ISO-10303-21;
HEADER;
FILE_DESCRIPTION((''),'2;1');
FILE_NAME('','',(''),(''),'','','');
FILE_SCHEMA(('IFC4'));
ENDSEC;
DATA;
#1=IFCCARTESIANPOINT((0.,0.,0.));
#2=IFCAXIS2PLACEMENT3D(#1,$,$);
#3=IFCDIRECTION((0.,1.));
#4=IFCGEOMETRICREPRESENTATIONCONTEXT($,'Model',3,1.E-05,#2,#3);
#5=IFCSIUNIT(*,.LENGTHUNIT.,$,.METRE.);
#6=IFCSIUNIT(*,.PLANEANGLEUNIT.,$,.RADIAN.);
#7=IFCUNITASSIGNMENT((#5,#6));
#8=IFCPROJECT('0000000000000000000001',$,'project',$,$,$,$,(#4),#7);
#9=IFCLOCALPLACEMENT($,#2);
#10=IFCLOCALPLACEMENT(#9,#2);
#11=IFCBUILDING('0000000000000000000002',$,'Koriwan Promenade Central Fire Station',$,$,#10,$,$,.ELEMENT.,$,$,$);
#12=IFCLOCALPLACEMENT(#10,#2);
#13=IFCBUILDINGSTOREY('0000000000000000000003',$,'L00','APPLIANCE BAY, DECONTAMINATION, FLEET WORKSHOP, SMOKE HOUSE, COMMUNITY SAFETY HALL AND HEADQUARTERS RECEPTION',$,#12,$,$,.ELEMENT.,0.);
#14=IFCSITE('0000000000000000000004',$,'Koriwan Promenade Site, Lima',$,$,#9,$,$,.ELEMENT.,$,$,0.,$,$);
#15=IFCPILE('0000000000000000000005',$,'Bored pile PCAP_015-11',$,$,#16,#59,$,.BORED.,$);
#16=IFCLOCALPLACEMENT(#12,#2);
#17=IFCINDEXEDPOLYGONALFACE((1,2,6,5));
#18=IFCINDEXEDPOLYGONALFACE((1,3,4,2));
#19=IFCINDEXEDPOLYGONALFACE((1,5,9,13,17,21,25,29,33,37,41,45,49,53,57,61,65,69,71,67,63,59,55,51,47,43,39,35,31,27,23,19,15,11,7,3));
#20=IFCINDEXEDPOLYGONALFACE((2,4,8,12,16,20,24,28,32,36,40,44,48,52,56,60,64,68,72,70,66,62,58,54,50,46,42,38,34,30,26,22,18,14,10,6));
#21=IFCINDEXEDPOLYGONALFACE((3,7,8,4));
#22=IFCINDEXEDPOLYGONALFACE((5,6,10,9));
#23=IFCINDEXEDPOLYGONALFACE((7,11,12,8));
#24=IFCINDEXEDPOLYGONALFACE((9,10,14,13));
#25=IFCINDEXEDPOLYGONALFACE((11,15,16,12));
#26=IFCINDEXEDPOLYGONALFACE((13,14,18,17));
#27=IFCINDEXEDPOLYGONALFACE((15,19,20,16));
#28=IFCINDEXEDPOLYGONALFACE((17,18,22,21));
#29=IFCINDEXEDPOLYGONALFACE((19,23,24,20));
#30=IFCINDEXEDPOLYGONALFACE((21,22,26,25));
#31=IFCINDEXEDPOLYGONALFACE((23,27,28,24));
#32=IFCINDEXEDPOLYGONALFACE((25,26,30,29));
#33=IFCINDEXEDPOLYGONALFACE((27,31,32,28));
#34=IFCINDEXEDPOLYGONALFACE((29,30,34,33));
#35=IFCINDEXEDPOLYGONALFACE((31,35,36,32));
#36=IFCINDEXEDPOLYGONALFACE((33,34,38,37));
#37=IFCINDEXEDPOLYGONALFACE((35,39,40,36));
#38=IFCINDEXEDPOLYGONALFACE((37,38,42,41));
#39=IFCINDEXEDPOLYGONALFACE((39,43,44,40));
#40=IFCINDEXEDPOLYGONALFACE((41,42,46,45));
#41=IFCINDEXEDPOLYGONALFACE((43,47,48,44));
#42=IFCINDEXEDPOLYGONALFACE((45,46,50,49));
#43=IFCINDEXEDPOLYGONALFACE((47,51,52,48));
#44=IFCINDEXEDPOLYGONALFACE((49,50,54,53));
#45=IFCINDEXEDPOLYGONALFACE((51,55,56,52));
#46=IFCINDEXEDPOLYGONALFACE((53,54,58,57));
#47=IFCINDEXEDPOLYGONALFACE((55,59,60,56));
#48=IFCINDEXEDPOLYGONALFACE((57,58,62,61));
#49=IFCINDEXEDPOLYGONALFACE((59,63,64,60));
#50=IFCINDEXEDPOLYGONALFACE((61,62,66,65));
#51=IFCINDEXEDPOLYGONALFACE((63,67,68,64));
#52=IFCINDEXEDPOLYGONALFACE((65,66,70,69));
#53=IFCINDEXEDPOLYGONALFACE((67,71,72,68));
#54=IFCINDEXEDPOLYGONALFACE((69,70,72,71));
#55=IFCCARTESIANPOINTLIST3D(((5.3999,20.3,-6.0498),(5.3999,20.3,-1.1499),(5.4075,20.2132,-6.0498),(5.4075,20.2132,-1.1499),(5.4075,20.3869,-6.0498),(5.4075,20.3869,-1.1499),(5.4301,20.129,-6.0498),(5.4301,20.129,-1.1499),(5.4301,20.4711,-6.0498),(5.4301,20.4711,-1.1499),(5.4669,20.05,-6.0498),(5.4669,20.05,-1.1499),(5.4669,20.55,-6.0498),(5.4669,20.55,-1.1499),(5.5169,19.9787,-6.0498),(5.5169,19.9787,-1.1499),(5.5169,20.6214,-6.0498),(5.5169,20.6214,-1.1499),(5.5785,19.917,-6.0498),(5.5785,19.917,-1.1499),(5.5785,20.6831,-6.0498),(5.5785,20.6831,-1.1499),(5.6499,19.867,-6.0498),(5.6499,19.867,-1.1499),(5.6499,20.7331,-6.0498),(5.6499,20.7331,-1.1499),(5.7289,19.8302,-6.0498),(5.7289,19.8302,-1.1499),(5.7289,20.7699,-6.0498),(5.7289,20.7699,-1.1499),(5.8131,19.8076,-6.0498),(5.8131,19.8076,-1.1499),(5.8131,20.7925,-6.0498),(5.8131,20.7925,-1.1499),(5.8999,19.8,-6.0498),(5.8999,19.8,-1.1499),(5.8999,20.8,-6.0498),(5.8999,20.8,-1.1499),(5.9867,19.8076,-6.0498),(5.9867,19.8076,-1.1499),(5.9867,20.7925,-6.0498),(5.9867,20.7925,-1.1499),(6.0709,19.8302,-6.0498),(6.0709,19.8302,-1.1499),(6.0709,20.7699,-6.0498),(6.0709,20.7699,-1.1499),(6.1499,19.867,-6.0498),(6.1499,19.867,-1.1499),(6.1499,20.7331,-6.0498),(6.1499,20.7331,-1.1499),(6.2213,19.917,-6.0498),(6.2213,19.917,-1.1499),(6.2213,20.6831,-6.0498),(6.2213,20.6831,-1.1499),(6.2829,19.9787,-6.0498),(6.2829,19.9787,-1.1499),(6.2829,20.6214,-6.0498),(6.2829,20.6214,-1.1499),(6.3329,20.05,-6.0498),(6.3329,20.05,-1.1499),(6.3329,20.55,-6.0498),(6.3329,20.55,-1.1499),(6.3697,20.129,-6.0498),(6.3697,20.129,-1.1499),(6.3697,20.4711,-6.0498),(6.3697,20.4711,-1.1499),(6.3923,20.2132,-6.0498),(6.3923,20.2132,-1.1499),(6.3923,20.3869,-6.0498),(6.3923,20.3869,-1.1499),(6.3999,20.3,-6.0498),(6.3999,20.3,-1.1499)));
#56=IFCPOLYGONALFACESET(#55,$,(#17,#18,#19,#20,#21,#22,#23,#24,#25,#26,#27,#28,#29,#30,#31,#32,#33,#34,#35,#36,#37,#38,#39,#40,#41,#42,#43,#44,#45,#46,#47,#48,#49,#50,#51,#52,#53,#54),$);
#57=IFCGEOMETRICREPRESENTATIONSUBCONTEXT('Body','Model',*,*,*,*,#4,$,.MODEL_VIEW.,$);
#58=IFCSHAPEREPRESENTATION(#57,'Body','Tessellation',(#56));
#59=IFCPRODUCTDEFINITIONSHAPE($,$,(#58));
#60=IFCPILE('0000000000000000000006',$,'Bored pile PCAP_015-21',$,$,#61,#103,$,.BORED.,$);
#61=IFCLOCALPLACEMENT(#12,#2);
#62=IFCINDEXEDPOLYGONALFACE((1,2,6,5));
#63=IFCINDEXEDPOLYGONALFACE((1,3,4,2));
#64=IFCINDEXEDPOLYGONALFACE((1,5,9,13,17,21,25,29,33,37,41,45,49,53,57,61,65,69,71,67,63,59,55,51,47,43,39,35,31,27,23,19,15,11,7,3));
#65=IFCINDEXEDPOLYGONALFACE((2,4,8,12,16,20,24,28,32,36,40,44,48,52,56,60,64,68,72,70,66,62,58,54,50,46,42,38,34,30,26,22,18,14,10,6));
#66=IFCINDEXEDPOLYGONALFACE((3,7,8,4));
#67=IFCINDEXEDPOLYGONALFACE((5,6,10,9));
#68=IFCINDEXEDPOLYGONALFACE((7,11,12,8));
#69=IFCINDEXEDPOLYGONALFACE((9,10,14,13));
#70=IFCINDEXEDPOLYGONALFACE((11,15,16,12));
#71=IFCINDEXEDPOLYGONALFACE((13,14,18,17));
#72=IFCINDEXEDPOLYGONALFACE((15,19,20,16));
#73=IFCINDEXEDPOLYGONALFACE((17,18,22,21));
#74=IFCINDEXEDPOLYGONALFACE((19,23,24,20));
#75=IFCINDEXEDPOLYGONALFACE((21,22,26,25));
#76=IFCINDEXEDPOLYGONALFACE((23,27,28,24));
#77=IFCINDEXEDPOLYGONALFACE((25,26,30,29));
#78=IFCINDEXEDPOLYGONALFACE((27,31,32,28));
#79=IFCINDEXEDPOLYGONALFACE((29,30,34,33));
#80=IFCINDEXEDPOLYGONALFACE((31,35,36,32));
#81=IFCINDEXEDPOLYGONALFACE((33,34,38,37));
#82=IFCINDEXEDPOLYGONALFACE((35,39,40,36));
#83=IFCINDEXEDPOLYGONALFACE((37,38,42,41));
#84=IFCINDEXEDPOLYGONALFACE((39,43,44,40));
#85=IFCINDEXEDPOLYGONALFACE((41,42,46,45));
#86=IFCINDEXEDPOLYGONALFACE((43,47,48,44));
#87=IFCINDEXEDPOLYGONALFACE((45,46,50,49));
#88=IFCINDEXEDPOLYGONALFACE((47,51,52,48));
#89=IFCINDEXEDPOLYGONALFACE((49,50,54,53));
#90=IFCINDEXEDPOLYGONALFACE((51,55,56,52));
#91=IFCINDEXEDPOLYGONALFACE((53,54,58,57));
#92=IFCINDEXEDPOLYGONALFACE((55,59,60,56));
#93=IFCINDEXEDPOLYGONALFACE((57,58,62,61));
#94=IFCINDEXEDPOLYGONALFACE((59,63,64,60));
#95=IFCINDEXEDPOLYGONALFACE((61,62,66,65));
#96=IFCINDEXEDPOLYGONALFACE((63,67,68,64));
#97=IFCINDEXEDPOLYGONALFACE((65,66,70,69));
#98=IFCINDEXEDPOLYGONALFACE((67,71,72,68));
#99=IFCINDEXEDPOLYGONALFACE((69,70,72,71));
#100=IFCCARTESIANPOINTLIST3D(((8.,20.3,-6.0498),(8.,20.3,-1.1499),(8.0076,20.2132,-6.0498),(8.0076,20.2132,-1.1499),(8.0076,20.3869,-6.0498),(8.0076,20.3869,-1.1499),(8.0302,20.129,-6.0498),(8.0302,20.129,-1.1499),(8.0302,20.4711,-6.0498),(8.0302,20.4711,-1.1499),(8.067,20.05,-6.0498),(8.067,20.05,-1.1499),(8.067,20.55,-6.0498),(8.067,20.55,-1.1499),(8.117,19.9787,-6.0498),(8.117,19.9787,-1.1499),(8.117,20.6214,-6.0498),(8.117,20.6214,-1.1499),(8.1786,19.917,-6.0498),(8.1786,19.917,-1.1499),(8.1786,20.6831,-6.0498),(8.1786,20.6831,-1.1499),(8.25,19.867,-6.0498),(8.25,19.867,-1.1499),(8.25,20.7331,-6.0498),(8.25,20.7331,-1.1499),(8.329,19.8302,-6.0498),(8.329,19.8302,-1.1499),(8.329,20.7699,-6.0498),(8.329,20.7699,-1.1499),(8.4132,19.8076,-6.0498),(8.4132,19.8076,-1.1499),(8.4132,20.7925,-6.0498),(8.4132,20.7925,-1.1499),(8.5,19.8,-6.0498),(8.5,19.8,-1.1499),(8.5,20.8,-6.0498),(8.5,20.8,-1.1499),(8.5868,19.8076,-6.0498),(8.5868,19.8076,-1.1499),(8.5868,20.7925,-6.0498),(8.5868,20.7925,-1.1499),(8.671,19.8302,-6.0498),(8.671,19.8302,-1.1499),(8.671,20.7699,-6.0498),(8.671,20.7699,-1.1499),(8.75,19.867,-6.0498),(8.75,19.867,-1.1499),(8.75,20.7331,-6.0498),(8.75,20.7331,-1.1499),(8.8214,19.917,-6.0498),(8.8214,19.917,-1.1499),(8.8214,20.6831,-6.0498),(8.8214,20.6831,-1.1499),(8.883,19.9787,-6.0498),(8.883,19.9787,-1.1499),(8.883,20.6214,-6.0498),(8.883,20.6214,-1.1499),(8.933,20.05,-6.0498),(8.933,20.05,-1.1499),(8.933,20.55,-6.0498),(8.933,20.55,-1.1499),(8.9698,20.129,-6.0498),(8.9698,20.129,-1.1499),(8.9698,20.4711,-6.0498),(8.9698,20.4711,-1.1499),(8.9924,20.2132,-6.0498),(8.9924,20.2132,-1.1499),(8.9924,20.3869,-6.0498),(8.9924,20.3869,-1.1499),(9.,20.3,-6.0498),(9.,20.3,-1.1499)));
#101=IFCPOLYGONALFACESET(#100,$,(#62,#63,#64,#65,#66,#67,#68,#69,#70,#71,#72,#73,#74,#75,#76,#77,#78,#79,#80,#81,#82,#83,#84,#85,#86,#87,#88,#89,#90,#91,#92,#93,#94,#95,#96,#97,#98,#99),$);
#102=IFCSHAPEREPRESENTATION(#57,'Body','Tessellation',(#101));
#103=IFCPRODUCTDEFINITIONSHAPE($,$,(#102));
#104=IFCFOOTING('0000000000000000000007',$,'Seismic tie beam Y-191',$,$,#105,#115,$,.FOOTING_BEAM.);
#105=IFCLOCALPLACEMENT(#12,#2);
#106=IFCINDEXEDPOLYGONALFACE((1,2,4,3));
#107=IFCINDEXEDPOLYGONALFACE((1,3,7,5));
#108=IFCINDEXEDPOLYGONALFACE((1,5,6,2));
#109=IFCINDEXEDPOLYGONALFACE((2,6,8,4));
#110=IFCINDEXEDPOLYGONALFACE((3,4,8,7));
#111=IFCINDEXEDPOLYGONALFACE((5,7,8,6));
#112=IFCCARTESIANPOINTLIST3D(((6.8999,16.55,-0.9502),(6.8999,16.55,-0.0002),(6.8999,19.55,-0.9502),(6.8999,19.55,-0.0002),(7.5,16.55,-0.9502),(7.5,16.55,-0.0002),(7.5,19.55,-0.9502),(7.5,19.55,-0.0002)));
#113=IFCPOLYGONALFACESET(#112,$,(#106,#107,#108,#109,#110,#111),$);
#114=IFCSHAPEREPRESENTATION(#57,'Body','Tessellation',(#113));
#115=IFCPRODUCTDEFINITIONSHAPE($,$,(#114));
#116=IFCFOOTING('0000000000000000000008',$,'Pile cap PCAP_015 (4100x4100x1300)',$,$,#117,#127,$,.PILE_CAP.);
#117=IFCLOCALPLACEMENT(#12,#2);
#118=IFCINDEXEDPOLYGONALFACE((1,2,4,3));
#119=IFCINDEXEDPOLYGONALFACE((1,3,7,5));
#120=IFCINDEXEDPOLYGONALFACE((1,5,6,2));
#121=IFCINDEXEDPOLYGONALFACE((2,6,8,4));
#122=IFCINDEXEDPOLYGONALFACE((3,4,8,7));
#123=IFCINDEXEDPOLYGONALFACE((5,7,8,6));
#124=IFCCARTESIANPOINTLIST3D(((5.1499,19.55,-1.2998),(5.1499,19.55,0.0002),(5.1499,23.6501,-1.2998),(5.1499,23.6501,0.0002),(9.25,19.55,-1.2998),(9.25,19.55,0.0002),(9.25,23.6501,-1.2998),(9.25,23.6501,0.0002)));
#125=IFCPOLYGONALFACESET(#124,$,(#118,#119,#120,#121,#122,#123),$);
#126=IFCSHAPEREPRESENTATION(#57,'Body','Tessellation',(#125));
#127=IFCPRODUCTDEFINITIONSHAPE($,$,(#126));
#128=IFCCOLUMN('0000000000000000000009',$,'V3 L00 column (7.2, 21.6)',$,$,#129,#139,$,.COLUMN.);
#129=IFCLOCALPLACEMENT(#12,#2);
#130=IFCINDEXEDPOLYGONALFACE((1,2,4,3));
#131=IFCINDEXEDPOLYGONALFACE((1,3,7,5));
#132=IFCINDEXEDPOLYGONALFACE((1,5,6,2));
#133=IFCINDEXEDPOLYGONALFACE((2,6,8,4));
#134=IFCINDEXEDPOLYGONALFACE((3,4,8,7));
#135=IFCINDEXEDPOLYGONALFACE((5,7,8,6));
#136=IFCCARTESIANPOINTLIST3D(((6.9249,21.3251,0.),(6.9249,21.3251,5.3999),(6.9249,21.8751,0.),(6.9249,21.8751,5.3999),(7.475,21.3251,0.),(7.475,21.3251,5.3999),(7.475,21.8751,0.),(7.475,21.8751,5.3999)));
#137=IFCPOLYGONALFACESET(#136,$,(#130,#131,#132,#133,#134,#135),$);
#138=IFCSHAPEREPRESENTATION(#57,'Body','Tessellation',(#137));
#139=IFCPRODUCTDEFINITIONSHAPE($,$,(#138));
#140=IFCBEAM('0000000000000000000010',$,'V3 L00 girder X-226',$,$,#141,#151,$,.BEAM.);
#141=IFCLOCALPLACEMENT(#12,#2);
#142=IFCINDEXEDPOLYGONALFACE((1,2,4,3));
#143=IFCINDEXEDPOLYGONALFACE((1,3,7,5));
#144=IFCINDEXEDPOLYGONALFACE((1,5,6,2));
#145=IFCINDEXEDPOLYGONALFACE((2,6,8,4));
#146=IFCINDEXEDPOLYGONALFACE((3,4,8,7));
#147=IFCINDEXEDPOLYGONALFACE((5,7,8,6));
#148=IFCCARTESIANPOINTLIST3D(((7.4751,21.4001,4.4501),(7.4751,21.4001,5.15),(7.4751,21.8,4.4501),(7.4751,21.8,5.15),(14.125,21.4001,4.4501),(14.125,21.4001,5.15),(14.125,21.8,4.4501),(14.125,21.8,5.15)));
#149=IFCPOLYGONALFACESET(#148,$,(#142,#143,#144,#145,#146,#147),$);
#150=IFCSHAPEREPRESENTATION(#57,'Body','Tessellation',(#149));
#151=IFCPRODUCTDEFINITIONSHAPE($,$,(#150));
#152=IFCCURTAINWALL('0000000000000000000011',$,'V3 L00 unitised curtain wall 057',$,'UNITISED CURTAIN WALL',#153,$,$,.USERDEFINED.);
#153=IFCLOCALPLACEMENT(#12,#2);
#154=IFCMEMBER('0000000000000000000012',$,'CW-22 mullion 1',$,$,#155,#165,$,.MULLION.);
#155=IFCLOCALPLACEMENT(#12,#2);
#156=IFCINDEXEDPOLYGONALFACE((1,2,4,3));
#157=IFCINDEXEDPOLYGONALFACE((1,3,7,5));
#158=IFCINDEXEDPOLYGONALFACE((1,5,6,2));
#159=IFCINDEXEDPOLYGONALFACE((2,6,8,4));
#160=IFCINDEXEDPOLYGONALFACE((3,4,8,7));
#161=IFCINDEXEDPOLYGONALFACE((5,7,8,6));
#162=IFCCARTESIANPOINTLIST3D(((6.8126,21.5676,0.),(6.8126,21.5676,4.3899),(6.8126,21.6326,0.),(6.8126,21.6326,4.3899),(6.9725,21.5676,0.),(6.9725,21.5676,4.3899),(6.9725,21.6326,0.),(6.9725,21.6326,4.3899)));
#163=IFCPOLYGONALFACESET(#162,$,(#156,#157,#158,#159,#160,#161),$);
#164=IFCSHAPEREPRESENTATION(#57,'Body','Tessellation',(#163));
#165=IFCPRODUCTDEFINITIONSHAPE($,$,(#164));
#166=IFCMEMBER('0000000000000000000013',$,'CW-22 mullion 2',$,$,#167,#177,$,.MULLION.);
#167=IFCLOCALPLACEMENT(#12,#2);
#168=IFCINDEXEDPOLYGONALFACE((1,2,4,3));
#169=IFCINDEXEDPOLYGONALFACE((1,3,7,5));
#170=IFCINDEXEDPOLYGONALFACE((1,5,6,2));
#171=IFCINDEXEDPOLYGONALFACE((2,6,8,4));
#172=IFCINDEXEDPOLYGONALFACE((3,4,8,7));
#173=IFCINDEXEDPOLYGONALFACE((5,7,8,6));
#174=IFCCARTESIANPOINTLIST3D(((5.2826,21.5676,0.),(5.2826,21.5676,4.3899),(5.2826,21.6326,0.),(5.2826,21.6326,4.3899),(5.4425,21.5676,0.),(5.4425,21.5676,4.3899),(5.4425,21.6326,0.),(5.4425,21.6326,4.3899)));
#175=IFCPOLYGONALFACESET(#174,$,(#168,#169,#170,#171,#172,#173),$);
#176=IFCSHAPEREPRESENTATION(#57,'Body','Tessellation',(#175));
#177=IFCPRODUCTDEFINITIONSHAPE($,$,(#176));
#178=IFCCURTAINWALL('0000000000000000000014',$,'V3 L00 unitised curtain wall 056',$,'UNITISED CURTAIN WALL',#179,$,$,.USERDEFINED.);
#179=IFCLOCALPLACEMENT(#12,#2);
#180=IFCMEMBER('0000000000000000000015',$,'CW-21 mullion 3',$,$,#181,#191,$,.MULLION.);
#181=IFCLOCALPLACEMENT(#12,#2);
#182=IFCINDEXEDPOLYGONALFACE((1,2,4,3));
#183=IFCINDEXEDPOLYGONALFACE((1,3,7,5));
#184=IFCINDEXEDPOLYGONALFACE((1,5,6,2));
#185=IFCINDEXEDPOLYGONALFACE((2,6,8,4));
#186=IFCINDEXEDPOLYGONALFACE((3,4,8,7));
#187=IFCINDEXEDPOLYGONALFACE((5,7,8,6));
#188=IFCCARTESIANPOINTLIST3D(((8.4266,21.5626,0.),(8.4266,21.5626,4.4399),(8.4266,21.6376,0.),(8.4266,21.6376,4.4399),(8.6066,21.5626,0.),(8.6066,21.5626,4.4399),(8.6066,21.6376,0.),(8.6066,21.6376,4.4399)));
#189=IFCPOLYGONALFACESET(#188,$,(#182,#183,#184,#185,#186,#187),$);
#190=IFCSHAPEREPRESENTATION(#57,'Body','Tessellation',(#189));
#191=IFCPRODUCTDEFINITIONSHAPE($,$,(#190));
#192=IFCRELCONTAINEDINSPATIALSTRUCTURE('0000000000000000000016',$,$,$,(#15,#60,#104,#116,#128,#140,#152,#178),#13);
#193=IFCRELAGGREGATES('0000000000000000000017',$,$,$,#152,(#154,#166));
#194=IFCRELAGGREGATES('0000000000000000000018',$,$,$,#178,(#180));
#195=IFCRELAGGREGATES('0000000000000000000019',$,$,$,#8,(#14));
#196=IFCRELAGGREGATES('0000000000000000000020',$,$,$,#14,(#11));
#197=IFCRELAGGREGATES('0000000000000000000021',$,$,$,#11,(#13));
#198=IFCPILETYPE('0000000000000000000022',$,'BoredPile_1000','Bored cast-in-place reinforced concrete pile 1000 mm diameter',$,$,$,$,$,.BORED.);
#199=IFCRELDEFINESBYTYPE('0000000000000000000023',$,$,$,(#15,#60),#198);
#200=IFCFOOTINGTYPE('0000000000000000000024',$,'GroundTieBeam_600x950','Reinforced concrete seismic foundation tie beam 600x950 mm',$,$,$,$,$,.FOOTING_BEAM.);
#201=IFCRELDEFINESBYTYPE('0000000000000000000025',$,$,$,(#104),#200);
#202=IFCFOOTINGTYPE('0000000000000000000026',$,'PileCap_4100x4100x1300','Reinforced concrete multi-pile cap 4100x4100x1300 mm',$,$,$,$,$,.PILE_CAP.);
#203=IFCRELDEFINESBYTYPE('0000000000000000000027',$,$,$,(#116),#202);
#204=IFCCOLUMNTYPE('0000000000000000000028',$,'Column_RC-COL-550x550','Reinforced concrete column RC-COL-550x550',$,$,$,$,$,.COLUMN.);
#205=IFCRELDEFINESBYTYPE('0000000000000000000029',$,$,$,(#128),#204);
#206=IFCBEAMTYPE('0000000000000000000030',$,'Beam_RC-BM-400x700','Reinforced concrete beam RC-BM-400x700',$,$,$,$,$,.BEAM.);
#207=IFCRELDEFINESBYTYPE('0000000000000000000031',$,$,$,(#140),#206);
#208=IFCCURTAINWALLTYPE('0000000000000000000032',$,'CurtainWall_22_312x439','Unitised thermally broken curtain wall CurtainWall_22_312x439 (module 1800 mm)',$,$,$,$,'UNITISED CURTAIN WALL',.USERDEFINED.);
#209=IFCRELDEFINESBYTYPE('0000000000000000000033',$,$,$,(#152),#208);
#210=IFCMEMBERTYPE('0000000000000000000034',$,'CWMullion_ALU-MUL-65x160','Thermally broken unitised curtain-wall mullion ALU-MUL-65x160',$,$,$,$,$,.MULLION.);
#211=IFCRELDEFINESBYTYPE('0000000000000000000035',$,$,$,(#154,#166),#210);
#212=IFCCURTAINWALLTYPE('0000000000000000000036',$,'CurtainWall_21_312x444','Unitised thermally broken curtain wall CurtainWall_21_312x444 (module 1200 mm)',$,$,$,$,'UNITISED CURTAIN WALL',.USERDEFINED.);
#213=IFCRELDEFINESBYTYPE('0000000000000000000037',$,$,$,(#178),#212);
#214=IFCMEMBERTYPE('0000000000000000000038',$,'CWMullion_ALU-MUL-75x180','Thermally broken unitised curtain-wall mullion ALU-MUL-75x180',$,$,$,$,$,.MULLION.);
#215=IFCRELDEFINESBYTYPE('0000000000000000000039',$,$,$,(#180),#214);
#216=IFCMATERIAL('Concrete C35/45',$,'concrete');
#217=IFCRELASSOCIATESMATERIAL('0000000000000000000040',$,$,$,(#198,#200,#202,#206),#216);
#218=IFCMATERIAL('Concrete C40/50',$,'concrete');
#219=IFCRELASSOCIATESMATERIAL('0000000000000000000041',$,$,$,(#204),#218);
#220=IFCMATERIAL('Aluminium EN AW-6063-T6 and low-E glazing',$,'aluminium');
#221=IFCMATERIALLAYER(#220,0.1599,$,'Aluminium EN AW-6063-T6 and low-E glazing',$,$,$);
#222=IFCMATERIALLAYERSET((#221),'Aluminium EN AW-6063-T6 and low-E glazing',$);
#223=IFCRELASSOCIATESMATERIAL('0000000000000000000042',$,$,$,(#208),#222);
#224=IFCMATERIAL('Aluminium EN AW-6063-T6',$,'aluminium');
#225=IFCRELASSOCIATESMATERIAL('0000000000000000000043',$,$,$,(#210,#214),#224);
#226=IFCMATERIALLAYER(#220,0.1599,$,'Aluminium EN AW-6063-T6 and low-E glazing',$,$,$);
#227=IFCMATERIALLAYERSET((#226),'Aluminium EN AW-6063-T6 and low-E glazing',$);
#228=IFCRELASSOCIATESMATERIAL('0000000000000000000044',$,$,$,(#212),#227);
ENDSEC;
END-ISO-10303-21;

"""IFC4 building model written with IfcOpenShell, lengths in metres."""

from ifc_helpers import new_model, si_unit, direction, frame, origin, origin_2d, place, context, subcontext, project, spatial, rectangle, circle, extrude, material, layer, layer_set, material_profile, profile_set, type_object, element, aggregate, save


model = new_model("IFC4")

# Units and contexts
model_context = context("Model", 3, precision=1e-05, world=origin(), true_north=direction((0.0, 1.0)))
body_context = subcontext(model_context, "Body", "Model", "MODEL_VIEW")
ifc_project = project(units=[si_unit("LENGTHUNIT", "METRE"), si_unit("PLANEANGLEUNIT", "RADIAN")], contexts=[model_context])

# Site, building, storey
site_placement = place(None, origin())
site = spatial("IfcSite", under=ifc_project, at=site_placement, Name="Koriwan Promenade Site, Lima", CompositionType="ELEMENT", RefElevation=0.0)
building_placement = place(site_placement, origin())
building = spatial("IfcBuilding", under=site, at=building_placement, Name="Koriwan Promenade Central Fire Station", CompositionType="ELEMENT")
storey_placement = place(building_placement, origin())
storey = spatial("IfcBuildingStorey", under=building, at=storey_placement, Name="L00", Description="APPLIANCE BAY, DECONTAMINATION, FLEET WORKSHOP, SMOKE HOUSE, COMMUNITY SAFETY HALL AND HEADQUARTERS RECEPTION", CompositionType="ELEMENT", Elevation=0.0)

# Piles
ifc_material_1 = material(Name="Concrete C35/45", Category="concrete")
ifc_material_profile_1 = material_profile(ifc_material_1, circle(Radius=0.5, at=origin_2d()), Name="PILE-D1000")
ifc_profile_set_1 = profile_set([ifc_material_profile_1], Name="Concrete C35/45")
pile_type = type_object("IfcPileType", Name="BoredPile_1000", Description="Bored cast-in-place reinforced concrete pile 1000 mm diameter", PredefinedType="BORED", material=ifc_profile_set_1)
for number, where, z_axis, x_axis, name in (
    (1, (5.8999, 20.3, -1.1499), (0.0, 0.0, -1.0), (1.0, 0.0, 0.0), "Bored pile PCAP_015-11"),
    (2, (8.5, 20.3, -1.1499), (0.0, 0.0, -1.0), (1.0, 0.0, 0.0), "Bored pile PCAP_015-21"),
):
    element("IfcPile", number, at=place(storey_placement, frame(where, z_axis=z_axis, x_axis=x_axis)), inside=storey, type_object=pile_type, Name=name, PredefinedType="BORED", context=body_context, shape_type="SweptSolid", body=[
        extrude(circle(Radius=0.5, at=origin_2d()), origin(), (0.0, 0.0, 1.0), 4.8999),
    ])

# Footings
footing_type_1 = type_object("IfcFootingType", Name="GroundTieBeam_600x950", Description="Reinforced concrete seismic foundation tie beam 600x950 mm", PredefinedType="FOOTING_BEAM", material=ifc_material_1)
footing_1_placement = place(storey_placement, frame((7.2, 18.05, -0.9502), z_axis=(0.0, 0.0, 1.0), x_axis=(0.0, 1.0, 0.0)))
element("IfcFooting", 3, at=footing_1_placement, inside=storey, type_object=footing_type_1, Name="Seismic tie beam Y-191", PredefinedType="FOOTING_BEAM", context=body_context, shape_type="SweptSolid", body=[
    extrude(rectangle(XDim=3.0, YDim=0.6001, at=origin_2d()), origin(), (0.0, 0.0, 1.0), 0.95),
])
footing_type_2 = type_object("IfcFootingType", Name="PileCap_4100x4100x1300", Description="Reinforced concrete multi-pile cap 4100x4100x1300 mm", PredefinedType="PILE_CAP", material=ifc_material_1)
footing_2_placement = place(storey_placement, frame((7.2, 21.6001, -1.2998), z_axis=(0.0, 0.0, 1.0), x_axis=(1.0, 0.0, 0.0)))
element("IfcFooting", 4, at=footing_2_placement, inside=storey, type_object=footing_type_2, Name="Pile cap PCAP_015 (4100x4100x1300)", PredefinedType="PILE_CAP", context=body_context, shape_type="SweptSolid", body=[
    extrude(rectangle(XDim=4.1001, YDim=4.1001, at=origin_2d()), origin(), (0.0, 0.0, 1.0), 1.3),
])

# Column
ifc_material_2 = material(Name="Concrete C40/50", Category="concrete")
ifc_material_profile_2 = material_profile(ifc_material_2, rectangle(XDim=0.55, YDim=0.55, at=origin_2d()), Name="RC-COL-550x550")
ifc_profile_set_2 = profile_set([ifc_material_profile_2], Name="Concrete C40/50")
column_type = type_object("IfcColumnType", Name="Column_RC-COL-550x550", Description="Reinforced concrete column RC-COL-550x550", PredefinedType="COLUMN", material=ifc_profile_set_2)
column_placement = place(storey_placement, frame((7.2, 21.6001, 0.0), z_axis=(0.0, 0.0, 1.0), x_axis=(1.0, 0.0, 0.0)))
element("IfcColumn", 5, at=column_placement, inside=storey, type_object=column_type, Name="V3 L00 column (7.2, 21.6)", PredefinedType="COLUMN", context=body_context, shape_type="SweptSolid", body=[
    extrude(rectangle(XDim=0.55, YDim=0.55, at=origin_2d()), origin(), (0.0, 0.0, 1.0), 5.3999),
])

# Beam
ifc_material_profile_3 = material_profile(ifc_material_1, rectangle(XDim=0.3999, YDim=0.7, at=origin_2d()), Name="RC-BM-400x700")
ifc_profile_set_3 = profile_set([ifc_material_profile_3], Name="Concrete C35/45")
beam_type = type_object("IfcBeamType", Name="Beam_RC-BM-400x700", Description="Reinforced concrete beam RC-BM-400x700", PredefinedType="BEAM", material=ifc_profile_set_3)
beam_placement = place(storey_placement, frame((7.4751, 21.6001, 4.8), z_axis=(1.0, 0.0, 0.0), x_axis=(0.0, 1.0, 0.0)))
element("IfcBeam", 6, at=beam_placement, inside=storey, type_object=beam_type, Name="V3 L00 girder X-226", PredefinedType="BEAM", context=body_context, shape_type="SweptSolid", body=[
    extrude(rectangle(XDim=0.3999, YDim=0.7, at=origin_2d()), origin(), (0.0, 0.0, 1.0), 6.6499),
])

# Curtain walls, members
ifc_material_3 = material(Name="Aluminium EN AW-6063-T6 and low-E glazing", Category="aluminium")
ifc_layer_1 = layer(ifc_material_3, 0.1599, Name="Aluminium EN AW-6063-T6 and low-E glazing")
ifc_layer_set_1 = layer_set([ifc_layer_1], Name="Aluminium EN AW-6063-T6 and low-E glazing")
curtain_wall_type_1 = type_object("IfcCurtainWallType", Name="CurtainWall_22_312x439", Description="Unitised thermally broken curtain wall CurtainWall_22_312x439 (module 1800 mm)", ElementType="UNITISED CURTAIN WALL", PredefinedType="USERDEFINED", material=ifc_layer_set_1)
curtain_wall_1_placement = place(storey_placement, origin())
curtain_wall_1 = element("IfcCurtainWall", 7, at=curtain_wall_1_placement, inside=storey, type_object=curtain_wall_type_1, Name="V3 L00 unitised curtain wall 057", ObjectType="UNITISED CURTAIN WALL", PredefinedType="USERDEFINED")
ifc_material_4 = material(Name="Aluminium EN AW-6063-T6", Category="aluminium")
ifc_material_profile_4 = material_profile(ifc_material_4, rectangle(XDim=0.0649, YDim=0.1599, at=origin_2d()), Name="ALU-MUL-65x160")
ifc_profile_set_4 = profile_set([ifc_material_profile_4], Name="Aluminium EN AW-6063-T6")
member_type_1 = type_object("IfcMemberType", Name="CWMullion_ALU-MUL-65x160", Description="Thermally broken unitised curtain-wall mullion ALU-MUL-65x160", PredefinedType="MULLION", material=ifc_profile_set_4)
member_1_placement = place(storey_placement, frame((6.8926, 21.6001, 0.0), z_axis=(0.0, 0.0, 1.0), x_axis=(0.0, -1.0, 0.0)))
member_1 = element("IfcMember", 8, at=member_1_placement, type_object=member_type_1, Name="CW-22 mullion 1", PredefinedType="MULLION", context=body_context, shape_type="SweptSolid", body=[
    extrude(rectangle(XDim=0.0649, YDim=0.1599, at=origin_2d()), origin(), (0.0, 0.0, 1.0), 4.3899),
])
member_2_placement = place(storey_placement, frame((5.3625, 21.6001, 0.0), z_axis=(0.0, 0.0, 1.0), x_axis=(0.0, -1.0, 0.0)))
member_2 = element("IfcMember", 9, at=member_2_placement, type_object=member_type_1, Name="CW-22 mullion 2", PredefinedType="MULLION", context=body_context, shape_type="SweptSolid", body=[
    extrude(rectangle(XDim=0.0649, YDim=0.1599, at=origin_2d()), origin(), (0.0, 0.0, 1.0), 4.3899),
])
ifc_layer_2 = layer(ifc_material_3, 0.1599, Name="Aluminium EN AW-6063-T6 and low-E glazing")
ifc_layer_set_2 = layer_set([ifc_layer_2], Name="Aluminium EN AW-6063-T6 and low-E glazing")
curtain_wall_type_2 = type_object("IfcCurtainWallType", Name="CurtainWall_21_312x444", Description="Unitised thermally broken curtain wall CurtainWall_21_312x444 (module 1200 mm)", ElementType="UNITISED CURTAIN WALL", PredefinedType="USERDEFINED", material=ifc_layer_set_2)
curtain_wall_2_placement = place(storey_placement, origin())
curtain_wall_2 = element("IfcCurtainWall", 10, at=curtain_wall_2_placement, inside=storey, type_object=curtain_wall_type_2, Name="V3 L00 unitised curtain wall 056", ObjectType="UNITISED CURTAIN WALL", PredefinedType="USERDEFINED")
ifc_material_profile_5 = material_profile(ifc_material_4, rectangle(XDim=0.075, YDim=0.1799, at=origin_2d()), Name="ALU-MUL-75x180")
ifc_profile_set_5 = profile_set([ifc_material_profile_5], Name="Aluminium EN AW-6063-T6")
member_type_2 = type_object("IfcMemberType", Name="CWMullion_ALU-MUL-75x180", Description="Thermally broken unitised curtain-wall mullion ALU-MUL-75x180", PredefinedType="MULLION", material=ifc_profile_set_5)
member_3_placement = place(storey_placement, frame((8.5166, 21.6001, 0.0), z_axis=(0.0, 0.0, 1.0), x_axis=(0.0, -1.0, 0.0)))
member_3 = element("IfcMember", 11, at=member_3_placement, type_object=member_type_2, Name="CW-21 mullion 3", PredefinedType="MULLION", context=body_context, shape_type="SweptSolid", body=[
    extrude(rectangle(XDim=0.075, YDim=0.1799, at=origin_2d()), origin(), (0.0, 0.0, 1.0), 4.4399),
])

aggregate(curtain_wall_1, [member_1, member_2])
aggregate(curtain_wall_2, [member_3])

save(model, "model.ifc")
